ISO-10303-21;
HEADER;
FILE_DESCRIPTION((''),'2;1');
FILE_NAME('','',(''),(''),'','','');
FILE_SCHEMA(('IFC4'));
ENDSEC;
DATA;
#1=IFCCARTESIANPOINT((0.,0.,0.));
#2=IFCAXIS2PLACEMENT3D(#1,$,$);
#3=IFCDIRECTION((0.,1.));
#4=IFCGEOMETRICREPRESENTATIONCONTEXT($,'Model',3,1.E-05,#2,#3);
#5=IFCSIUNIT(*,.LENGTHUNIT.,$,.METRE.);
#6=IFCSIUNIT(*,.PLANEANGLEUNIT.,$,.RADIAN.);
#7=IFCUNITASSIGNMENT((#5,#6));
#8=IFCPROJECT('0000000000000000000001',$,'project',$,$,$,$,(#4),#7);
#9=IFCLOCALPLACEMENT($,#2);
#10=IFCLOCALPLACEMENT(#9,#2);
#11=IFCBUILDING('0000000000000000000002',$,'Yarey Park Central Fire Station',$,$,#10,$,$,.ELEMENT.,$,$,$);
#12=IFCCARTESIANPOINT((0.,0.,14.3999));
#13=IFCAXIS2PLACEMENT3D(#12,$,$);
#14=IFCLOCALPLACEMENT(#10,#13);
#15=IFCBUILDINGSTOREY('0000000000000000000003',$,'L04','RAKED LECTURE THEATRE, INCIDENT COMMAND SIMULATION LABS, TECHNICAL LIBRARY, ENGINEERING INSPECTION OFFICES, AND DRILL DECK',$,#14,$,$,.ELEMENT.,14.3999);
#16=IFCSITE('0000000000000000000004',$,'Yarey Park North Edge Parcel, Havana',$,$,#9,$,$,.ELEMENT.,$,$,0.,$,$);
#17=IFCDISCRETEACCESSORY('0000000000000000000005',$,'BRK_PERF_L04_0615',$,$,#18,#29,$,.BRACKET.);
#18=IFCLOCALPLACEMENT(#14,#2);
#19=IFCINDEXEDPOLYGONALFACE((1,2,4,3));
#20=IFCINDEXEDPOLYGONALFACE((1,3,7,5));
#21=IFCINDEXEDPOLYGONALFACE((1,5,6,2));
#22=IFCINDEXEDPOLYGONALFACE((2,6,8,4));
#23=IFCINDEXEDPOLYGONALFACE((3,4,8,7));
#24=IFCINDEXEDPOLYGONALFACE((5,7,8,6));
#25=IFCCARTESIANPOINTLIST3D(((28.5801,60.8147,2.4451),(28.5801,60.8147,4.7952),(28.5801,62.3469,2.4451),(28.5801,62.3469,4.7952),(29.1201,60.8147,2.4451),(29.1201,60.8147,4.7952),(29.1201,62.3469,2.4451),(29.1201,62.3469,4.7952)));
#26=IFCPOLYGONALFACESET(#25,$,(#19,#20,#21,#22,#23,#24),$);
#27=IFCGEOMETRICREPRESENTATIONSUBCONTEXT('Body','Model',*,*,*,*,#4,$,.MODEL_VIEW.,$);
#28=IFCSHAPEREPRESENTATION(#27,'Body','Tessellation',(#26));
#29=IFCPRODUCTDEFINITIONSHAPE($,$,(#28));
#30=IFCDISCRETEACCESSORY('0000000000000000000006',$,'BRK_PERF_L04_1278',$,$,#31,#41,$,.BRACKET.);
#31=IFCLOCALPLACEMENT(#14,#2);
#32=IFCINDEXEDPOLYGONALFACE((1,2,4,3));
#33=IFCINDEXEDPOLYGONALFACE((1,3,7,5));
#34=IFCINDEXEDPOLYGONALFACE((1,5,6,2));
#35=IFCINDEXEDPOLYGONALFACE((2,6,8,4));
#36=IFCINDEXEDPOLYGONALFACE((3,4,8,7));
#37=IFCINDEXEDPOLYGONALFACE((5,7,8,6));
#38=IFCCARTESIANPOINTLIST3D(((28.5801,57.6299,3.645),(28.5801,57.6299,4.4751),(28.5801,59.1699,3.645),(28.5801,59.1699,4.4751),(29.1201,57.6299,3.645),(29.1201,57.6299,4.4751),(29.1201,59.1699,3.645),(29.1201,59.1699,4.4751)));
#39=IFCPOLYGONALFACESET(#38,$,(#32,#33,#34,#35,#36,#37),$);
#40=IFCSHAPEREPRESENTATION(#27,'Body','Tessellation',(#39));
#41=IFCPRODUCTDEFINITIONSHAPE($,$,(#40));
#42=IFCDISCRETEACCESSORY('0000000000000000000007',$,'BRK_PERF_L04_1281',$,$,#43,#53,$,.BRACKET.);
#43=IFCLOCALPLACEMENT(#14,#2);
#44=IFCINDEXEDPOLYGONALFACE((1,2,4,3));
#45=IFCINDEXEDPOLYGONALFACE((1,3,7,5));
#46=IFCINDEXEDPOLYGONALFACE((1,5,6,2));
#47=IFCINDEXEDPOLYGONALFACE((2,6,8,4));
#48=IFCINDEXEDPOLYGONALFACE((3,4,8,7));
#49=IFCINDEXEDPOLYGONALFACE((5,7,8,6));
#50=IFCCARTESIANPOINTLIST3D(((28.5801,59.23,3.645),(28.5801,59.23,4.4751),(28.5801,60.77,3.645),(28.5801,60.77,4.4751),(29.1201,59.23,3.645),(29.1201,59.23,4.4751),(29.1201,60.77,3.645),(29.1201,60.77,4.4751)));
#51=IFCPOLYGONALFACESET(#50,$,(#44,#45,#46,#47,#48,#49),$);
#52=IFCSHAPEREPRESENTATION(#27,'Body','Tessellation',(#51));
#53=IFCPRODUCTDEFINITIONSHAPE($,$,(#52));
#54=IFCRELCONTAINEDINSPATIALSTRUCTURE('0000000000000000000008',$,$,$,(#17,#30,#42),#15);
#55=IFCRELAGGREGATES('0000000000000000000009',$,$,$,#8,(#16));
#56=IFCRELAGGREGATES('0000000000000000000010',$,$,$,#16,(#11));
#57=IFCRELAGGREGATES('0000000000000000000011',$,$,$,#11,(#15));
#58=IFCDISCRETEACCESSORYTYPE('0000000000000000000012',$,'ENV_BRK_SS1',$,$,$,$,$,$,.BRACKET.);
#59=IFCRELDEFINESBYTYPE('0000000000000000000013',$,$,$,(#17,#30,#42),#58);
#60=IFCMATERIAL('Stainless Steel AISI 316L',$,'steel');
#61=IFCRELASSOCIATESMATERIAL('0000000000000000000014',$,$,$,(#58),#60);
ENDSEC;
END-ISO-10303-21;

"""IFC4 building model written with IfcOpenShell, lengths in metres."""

from ifc_helpers import new_model, si_unit, direction, frame, origin, origin_2d, place, context, subcontext, project, spatial, rectangle, extrude, material, type_object, element, save


model = new_model("IFC4")

# Units and contexts
model_context = context("Model", 3, precision=1e-05, world=origin(), true_north=direction((0.0, 1.0)))
body_context = subcontext(model_context, "Body", "Model", "MODEL_VIEW")
ifc_project = project(units=[si_unit("LENGTHUNIT", "METRE"), si_unit("PLANEANGLEUNIT", "RADIAN")], contexts=[model_context])

# Site, building, storey
site_placement = place(None, origin())
site = spatial("IfcSite", under=ifc_project, at=site_placement, Name="Yarey Park North Edge Parcel, Havana", CompositionType="ELEMENT", RefElevation=0.0)
building_placement = place(site_placement, origin())
building = spatial("IfcBuilding", under=site, at=building_placement, Name="Yarey Park Central Fire Station", CompositionType="ELEMENT")
storey_placement = place(building_placement, frame((0.0, 0.0, 14.3999)))
storey = spatial("IfcBuildingStorey", under=building, at=storey_placement, Name="L04", Description="RAKED LECTURE THEATRE, INCIDENT COMMAND SIMULATION LABS, TECHNICAL LIBRARY, ENGINEERING INSPECTION OFFICES, AND DRILL DECK", CompositionType="ELEMENT", Elevation=14.3999)

# Shared definitions
ifc_material_1 = material(Name="Stainless Steel AISI 316L", Category="steel")

# Discrete accessories
discrete_accessory_type = type_object("IfcDiscreteAccessoryType", Name="ENV_BRK_SS1", PredefinedType="BRACKET", material=ifc_material_1)
discrete_accessory_1_placement = place(storey_placement, frame((28.8501, 61.5808, 2.4451), z_axis=(0.0, 0.0, 1.0), x_axis=(1.0, 0.0, 0.0)))
element("IfcDiscreteAccessory", 1, at=discrete_accessory_1_placement, inside=storey, type_object=discrete_accessory_type, Name="BRK_PERF_L04_0615", PredefinedType="BRACKET", context=body_context, shape_type="SweptSolid", body=[
    extrude(rectangle(XDim=0.54, YDim=1.5322, at=origin_2d()), origin(), (0.0, 0.0, 1.0), 2.3501),
])
for number, where, z_axis, x_axis, name in (
    (2, (28.8501, 58.3999, 3.645), (0.0, 0.0, 1.0), (1.0, 0.0, 0.0), "BRK_PERF_L04_1278"),
    (3, (28.8501, 60.0, 3.645), (0.0, 0.0, 1.0), (1.0, 0.0, 0.0), "BRK_PERF_L04_1281"),
):
    element("IfcDiscreteAccessory", number, at=place(storey_placement, frame(where, z_axis=z_axis, x_axis=x_axis)), inside=storey, type_object=discrete_accessory_type, Name=name, PredefinedType="BRACKET", context=body_context, shape_type="SweptSolid", body=[
        extrude(rectangle(XDim=0.54, YDim=1.54, at=origin_2d()), origin(), (0.0, 0.0, 1.0), 0.8301),
    ])

save(model, "model.ifc")
